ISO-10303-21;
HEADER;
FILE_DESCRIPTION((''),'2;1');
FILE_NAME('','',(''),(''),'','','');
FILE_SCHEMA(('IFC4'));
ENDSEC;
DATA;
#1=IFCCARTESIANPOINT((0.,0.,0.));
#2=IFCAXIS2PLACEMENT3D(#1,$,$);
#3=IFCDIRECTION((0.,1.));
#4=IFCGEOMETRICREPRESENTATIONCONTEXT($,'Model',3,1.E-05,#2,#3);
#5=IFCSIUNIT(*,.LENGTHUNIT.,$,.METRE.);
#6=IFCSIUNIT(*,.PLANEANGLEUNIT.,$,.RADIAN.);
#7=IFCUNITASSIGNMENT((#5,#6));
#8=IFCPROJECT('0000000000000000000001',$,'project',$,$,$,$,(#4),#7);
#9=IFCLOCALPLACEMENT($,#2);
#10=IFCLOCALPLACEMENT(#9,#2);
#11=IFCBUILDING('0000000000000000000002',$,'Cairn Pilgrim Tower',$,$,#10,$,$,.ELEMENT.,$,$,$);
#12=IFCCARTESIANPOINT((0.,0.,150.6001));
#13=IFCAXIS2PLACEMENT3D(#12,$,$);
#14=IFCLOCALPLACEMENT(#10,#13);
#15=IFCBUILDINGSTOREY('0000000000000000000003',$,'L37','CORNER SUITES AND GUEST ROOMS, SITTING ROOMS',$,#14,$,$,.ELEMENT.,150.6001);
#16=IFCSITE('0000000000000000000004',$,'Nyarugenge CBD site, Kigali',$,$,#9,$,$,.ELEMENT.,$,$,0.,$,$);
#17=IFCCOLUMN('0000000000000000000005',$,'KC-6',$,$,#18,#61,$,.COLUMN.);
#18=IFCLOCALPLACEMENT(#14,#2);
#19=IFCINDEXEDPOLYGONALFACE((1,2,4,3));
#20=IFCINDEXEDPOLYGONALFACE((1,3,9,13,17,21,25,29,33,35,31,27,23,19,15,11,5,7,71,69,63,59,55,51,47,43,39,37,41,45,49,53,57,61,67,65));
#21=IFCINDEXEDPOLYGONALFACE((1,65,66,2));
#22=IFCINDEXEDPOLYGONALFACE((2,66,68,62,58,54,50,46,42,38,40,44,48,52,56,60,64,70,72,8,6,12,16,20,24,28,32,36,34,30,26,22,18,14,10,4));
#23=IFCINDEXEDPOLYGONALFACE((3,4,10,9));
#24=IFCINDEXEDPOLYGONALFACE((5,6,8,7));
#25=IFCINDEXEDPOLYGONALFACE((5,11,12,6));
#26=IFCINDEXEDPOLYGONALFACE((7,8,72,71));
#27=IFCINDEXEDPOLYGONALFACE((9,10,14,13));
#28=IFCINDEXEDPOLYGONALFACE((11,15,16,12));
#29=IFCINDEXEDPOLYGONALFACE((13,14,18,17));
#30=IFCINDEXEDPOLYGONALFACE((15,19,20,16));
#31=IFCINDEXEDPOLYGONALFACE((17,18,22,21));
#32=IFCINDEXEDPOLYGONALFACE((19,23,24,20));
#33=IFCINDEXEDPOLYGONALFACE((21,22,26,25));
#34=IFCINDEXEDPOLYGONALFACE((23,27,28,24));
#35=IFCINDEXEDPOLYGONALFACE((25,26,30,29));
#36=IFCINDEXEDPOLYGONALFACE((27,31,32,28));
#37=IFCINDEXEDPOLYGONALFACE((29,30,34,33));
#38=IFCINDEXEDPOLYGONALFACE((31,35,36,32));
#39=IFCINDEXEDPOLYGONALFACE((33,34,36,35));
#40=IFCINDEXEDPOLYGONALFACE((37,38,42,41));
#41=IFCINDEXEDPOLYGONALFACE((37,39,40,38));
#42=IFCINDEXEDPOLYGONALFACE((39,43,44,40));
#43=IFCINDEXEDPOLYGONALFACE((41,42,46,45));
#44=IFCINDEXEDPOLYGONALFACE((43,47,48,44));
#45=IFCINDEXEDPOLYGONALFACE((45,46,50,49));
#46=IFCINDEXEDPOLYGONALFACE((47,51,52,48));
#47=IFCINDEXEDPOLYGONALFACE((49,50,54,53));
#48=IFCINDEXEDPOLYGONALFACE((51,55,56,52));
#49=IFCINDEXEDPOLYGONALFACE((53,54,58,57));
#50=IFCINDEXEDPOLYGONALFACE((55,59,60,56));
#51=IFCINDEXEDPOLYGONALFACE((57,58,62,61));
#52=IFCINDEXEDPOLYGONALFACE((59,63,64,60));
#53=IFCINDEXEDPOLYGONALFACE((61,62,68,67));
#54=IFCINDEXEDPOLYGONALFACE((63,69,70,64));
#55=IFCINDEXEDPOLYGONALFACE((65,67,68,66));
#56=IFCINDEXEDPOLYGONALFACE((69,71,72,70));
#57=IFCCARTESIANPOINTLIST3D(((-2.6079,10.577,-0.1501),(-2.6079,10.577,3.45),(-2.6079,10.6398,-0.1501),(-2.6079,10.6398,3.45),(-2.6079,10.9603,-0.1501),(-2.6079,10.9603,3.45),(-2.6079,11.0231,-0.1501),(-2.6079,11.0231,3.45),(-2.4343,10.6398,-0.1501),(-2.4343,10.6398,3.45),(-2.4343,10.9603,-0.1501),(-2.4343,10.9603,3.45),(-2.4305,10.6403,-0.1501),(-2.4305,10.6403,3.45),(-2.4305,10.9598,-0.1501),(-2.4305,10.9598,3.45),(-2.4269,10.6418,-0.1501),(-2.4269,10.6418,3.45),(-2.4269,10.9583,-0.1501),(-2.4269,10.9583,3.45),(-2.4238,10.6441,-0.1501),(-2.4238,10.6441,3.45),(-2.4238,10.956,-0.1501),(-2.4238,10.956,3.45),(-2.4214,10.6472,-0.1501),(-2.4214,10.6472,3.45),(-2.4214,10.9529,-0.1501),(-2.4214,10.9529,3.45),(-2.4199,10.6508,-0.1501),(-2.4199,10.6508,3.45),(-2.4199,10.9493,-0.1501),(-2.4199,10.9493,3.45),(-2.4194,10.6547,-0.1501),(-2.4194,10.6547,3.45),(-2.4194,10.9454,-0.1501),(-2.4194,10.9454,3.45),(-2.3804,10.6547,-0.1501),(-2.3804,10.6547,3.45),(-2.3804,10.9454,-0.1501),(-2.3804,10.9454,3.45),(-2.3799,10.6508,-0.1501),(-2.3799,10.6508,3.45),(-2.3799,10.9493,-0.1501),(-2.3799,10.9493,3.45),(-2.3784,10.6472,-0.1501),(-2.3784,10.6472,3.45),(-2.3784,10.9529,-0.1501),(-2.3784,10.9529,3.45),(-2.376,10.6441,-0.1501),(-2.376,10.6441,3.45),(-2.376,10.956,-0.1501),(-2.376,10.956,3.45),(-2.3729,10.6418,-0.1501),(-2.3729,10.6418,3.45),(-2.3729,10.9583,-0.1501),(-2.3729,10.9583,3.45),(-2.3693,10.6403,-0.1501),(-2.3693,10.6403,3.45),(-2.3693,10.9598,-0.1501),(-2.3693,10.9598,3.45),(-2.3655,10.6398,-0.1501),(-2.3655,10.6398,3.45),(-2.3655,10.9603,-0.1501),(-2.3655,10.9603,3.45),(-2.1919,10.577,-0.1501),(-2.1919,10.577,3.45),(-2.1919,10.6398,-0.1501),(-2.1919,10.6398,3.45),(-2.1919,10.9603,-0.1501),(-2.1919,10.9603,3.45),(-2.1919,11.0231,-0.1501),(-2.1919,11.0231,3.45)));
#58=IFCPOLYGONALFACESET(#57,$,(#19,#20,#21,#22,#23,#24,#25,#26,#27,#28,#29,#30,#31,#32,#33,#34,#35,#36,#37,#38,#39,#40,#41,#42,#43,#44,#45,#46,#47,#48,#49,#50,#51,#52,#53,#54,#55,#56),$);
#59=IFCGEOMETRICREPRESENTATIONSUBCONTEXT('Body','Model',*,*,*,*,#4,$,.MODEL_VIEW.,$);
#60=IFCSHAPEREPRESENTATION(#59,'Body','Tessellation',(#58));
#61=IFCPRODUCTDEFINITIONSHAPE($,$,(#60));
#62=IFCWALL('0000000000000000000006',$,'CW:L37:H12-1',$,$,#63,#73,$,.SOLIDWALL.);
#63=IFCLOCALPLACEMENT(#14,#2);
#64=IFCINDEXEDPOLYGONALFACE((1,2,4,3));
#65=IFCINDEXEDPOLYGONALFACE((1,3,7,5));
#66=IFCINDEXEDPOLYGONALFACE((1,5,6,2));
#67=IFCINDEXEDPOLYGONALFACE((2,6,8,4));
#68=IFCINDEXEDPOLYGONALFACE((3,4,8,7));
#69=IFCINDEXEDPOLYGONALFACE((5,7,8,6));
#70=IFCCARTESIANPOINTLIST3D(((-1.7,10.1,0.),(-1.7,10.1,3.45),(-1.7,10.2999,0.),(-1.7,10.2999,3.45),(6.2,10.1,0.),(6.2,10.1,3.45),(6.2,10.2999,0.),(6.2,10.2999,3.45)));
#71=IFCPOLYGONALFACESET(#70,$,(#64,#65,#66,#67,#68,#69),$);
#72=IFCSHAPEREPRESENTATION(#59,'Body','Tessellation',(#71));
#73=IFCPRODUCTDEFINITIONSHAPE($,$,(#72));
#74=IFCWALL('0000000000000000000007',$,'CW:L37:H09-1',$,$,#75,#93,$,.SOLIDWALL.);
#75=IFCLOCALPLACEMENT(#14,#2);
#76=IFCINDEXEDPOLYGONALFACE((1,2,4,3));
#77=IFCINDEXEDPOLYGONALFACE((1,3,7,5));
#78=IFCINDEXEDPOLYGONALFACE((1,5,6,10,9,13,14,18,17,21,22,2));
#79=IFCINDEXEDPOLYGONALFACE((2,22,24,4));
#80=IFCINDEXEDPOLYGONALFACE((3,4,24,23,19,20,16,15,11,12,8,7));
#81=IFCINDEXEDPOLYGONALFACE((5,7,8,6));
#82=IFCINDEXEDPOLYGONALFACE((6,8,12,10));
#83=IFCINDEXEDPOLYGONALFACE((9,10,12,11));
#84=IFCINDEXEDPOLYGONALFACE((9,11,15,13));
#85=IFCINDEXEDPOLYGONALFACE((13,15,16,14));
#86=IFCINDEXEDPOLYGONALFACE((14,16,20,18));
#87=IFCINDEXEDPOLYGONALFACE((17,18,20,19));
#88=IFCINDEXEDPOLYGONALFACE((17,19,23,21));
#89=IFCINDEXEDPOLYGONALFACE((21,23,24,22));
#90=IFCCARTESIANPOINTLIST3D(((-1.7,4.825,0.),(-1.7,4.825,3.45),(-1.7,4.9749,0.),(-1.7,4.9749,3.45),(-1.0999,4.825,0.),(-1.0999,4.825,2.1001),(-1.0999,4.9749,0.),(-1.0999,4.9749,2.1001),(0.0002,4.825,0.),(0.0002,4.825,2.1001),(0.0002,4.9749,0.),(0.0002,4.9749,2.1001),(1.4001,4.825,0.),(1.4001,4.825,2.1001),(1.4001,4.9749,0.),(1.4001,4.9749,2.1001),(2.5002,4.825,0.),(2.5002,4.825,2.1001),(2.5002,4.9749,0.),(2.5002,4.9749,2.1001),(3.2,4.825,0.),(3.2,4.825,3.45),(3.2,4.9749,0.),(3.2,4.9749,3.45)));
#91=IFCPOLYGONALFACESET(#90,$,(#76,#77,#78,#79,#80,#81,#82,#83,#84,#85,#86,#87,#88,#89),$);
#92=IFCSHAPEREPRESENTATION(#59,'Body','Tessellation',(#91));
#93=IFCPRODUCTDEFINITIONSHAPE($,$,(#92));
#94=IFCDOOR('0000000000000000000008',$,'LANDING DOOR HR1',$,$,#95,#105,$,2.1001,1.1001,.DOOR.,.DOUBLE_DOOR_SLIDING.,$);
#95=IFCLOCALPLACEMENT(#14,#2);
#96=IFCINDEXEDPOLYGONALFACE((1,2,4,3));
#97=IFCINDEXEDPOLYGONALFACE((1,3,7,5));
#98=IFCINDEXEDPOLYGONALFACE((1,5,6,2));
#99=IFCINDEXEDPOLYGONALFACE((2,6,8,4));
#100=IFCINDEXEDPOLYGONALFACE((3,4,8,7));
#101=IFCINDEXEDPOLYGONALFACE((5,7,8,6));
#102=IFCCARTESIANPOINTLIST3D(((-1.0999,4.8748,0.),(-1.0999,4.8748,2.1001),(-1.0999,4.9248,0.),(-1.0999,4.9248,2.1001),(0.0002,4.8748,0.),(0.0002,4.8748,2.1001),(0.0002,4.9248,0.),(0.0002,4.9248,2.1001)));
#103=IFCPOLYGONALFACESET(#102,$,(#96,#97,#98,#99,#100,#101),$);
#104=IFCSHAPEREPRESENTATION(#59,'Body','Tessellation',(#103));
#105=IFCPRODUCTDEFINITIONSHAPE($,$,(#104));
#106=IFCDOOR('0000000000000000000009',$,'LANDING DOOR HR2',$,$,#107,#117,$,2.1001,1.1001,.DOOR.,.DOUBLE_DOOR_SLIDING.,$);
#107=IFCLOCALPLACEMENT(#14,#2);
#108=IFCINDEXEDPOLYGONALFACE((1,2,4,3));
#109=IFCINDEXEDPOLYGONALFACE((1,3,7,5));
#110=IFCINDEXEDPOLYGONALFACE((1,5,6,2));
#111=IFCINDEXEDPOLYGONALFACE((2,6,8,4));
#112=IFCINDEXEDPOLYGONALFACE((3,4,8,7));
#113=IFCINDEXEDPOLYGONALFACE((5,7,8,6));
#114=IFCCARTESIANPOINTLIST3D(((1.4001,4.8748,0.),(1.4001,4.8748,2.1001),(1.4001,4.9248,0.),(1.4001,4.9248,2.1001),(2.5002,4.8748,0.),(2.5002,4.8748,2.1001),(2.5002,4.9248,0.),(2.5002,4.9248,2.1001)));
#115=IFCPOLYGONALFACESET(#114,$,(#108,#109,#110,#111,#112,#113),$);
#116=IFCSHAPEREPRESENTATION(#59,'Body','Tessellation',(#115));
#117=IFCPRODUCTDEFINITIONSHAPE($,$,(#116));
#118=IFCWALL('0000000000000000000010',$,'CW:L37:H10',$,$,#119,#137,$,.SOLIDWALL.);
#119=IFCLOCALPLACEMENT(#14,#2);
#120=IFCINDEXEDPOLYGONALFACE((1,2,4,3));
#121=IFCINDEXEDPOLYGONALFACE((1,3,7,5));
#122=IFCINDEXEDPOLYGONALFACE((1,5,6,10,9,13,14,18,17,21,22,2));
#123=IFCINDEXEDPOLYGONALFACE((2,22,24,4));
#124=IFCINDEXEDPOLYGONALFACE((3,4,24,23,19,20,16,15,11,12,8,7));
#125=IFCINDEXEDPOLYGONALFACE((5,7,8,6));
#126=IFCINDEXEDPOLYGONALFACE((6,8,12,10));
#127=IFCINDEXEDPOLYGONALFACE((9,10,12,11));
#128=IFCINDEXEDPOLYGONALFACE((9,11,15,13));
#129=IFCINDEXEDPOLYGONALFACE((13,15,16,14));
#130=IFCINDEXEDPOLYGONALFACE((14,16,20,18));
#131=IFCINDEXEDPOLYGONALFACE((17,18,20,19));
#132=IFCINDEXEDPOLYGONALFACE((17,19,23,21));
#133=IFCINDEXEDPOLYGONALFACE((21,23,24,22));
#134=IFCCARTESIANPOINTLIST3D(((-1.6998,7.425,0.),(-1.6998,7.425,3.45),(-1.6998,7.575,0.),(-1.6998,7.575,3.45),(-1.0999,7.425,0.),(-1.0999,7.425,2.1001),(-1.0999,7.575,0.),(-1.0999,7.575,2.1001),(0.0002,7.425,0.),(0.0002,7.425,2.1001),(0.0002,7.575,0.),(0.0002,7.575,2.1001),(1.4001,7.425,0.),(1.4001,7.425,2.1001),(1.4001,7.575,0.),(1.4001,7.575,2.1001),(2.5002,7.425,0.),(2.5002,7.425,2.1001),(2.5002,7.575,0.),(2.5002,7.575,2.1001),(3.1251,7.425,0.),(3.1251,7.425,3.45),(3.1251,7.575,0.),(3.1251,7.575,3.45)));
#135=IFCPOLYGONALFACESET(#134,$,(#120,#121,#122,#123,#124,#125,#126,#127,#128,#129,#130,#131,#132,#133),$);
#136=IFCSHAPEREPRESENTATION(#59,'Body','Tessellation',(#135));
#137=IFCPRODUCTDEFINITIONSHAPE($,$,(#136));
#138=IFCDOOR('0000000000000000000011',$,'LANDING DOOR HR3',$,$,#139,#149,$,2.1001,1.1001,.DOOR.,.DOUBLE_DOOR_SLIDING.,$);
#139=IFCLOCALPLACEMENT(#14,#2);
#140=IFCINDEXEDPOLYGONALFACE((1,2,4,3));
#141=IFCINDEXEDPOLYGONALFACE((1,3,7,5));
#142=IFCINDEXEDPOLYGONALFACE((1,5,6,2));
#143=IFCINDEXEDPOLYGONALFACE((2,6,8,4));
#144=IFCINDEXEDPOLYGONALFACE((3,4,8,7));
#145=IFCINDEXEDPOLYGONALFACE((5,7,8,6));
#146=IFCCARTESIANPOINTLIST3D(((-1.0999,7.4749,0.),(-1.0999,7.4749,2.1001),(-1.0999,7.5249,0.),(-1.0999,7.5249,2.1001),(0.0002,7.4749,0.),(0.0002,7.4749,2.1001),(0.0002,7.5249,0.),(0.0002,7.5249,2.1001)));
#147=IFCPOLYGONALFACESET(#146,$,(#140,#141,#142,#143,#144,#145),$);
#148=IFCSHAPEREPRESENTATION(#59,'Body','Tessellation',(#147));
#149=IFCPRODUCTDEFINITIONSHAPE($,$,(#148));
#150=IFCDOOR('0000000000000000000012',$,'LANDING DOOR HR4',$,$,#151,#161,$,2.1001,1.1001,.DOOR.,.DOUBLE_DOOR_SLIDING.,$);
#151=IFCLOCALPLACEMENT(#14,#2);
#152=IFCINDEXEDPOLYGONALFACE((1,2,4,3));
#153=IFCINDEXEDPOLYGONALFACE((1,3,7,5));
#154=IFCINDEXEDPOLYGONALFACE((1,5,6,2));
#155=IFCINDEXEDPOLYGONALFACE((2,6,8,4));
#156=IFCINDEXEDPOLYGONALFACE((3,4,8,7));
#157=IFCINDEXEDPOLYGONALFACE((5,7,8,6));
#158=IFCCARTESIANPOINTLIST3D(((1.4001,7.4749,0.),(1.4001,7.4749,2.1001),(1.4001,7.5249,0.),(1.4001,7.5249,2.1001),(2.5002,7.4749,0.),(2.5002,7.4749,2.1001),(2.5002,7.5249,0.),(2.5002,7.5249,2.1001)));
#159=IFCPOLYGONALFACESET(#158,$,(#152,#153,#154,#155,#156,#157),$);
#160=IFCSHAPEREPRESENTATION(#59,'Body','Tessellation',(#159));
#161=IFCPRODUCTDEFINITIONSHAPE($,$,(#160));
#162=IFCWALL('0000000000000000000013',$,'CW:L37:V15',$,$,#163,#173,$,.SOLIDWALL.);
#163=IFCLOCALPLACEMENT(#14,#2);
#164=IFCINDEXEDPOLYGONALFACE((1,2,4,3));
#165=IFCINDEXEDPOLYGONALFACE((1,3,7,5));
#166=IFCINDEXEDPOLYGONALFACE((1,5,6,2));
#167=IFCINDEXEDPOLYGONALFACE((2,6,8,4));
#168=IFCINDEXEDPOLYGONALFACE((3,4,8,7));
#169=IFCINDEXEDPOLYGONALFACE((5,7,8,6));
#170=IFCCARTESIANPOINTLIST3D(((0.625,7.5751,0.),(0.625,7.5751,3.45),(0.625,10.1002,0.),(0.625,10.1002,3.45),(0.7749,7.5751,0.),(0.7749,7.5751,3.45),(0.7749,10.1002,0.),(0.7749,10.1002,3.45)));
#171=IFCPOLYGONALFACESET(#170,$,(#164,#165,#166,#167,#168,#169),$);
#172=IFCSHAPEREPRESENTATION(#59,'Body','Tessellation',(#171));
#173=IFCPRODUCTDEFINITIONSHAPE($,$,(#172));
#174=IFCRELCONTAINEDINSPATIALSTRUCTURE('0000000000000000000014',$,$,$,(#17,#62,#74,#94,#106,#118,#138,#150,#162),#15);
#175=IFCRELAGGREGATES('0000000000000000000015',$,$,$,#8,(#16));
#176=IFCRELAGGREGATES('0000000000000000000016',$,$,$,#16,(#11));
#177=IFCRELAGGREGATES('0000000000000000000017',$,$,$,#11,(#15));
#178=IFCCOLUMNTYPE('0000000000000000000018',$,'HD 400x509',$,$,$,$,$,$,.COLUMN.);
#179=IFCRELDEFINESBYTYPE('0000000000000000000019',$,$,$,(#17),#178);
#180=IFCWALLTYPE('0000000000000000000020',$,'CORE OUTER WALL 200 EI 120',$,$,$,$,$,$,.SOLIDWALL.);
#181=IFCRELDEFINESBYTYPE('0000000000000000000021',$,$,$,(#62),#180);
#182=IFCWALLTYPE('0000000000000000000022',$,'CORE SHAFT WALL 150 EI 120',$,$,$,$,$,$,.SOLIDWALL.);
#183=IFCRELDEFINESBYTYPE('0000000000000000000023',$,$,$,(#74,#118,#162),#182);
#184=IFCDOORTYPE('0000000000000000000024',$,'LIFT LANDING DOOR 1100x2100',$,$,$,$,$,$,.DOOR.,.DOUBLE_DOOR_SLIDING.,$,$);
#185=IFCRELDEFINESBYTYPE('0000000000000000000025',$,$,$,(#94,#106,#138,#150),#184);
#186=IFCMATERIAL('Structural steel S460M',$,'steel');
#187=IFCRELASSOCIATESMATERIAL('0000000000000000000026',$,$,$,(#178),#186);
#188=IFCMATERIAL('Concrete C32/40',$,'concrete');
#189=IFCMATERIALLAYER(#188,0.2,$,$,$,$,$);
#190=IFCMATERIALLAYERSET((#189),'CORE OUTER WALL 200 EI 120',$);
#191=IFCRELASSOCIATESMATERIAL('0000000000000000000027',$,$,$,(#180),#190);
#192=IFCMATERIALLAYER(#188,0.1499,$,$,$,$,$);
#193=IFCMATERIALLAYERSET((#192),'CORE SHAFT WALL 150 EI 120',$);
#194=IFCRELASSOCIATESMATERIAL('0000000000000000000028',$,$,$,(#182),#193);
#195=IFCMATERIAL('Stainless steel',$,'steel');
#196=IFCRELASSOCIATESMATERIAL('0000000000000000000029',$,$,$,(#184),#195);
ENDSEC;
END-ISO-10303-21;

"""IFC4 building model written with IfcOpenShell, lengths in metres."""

from ifc_helpers import new_model, si_unit, direction, frame, frame_2d, origin, origin_2d, place, context, subcontext, project, spatial, rectangle, i_section, extrude, material, layer, layer_set, material_profile, profile_set, type_object, element, fill, save


model = new_model("IFC4")

# Units and contexts
model_context = context("Model", 3, precision=1e-05, world=origin(), true_north=direction((0.0, 1.0)))
body_context = subcontext(model_context, "Body", "Model", "MODEL_VIEW")
ifc_project = project(units=[si_unit("LENGTHUNIT", "METRE"), si_unit("PLANEANGLEUNIT", "RADIAN")], contexts=[model_context])

# Site, building, storey
site_placement = place(None, origin())
site = spatial("IfcSite", under=ifc_project, at=site_placement, Name="Nyarugenge CBD site, Kigali", CompositionType="ELEMENT", RefElevation=0.0)
building_placement = place(site_placement, origin())
building = spatial("IfcBuilding", under=site, at=building_placement, Name="Cairn Pilgrim Tower", CompositionType="ELEMENT")
storey_placement = place(building_placement, frame((0.0, 0.0, 150.6001)))
storey = spatial("IfcBuildingStorey", under=building, at=storey_placement, Name="L37", Description="CORNER SUITES AND GUEST ROOMS, SITTING ROOMS", CompositionType="ELEMENT", Elevation=150.6001)

# Column
ifc_material_1 = material(Name="Structural steel S460M", Category="steel")
ifc_material_profile = material_profile(ifc_material_1, i_section(OverallWidth=0.416, OverallDepth=0.446, WebThickness=0.0391, FlangeThickness=0.0627, FilletRadius=0.0149, at=origin_2d()), Name="HD 400x509")
ifc_profile_set = profile_set([ifc_material_profile], Name="Structural steel S460M")
column_type = type_object("IfcColumnType", Name="HD 400x509", PredefinedType="COLUMN", material=ifc_profile_set)
column_placement = place(storey_placement, frame((-2.3999, 10.8, -0.1501), z_axis=(0.0, 0.0, 1.0), x_axis=(1.0, 0.0, 0.0)))
element("IfcColumn", 1, at=column_placement, inside=storey, type_object=column_type, Name="KC-6", PredefinedType="COLUMN", context=body_context, shape_type="SweptSolid", body=[
    extrude(i_section(OverallWidth=0.416, OverallDepth=0.446, WebThickness=0.0391, FlangeThickness=0.0627, FilletRadius=0.0149, at=origin_2d()), origin(), (0.0, 0.0, 1.0), 3.6001),
])

# Wall
ifc_material_2 = material(Name="Concrete C32/40", Category="concrete")
ifc_layer_1 = layer(ifc_material_2, 0.2)
ifc_layer_set_1 = layer_set([ifc_layer_1], Name="CORE OUTER WALL 200 EI 120")
wall_type_1 = type_object("IfcWallType", Name="CORE OUTER WALL 200 EI 120", PredefinedType="SOLIDWALL", material=ifc_layer_set_1)
wall_1_placement = place(storey_placement, frame((-1.7, 10.2, 0.0), z_axis=(0.0, 0.0, 1.0), x_axis=(1.0, 0.0, 0.0)))
element("IfcWall", 2, at=wall_1_placement, inside=storey, type_object=wall_type_1, Name="CW:L37:H12-1", PredefinedType="SOLIDWALL", context=body_context, shape_type="SweptSolid", body=[
    extrude(rectangle(XDim=7.8999, YDim=0.2, at=frame_2d((3.95, 0.0))), origin(), (0.0, 0.0, 1.0), 3.45),
])

# Walls, openings, doors
ifc_layer_2 = layer(ifc_material_2, 0.1499)
ifc_layer_set_2 = layer_set([ifc_layer_2], Name="CORE SHAFT WALL 150 EI 120")
wall_type_2 = type_object("IfcWallType", Name="CORE SHAFT WALL 150 EI 120", PredefinedType="SOLIDWALL", material=ifc_layer_set_2)
wall_2_placement = place(storey_placement, frame((-1.7, 4.8999, 0.0), z_axis=(0.0, 0.0, 1.0), x_axis=(1.0, 0.0, 0.0)))
wall_2 = element("IfcWall", 3, at=wall_2_placement, inside=storey, type_object=wall_type_2, Name="CW:L37:H09-1", PredefinedType="SOLIDWALL", context=body_context, shape_type="SweptSolid", body=[
    extrude(rectangle(XDim=4.8999, YDim=0.1499, at=frame_2d((2.45, 0.0))), origin(), (0.0, 0.0, 1.0), 3.45),
])
opening_1_placement = place(wall_2_placement, frame((0.6001, 0.0, 0.0)))
opening_1 = element("IfcOpeningElement", 4, at=opening_1_placement, cuts=wall_2, PredefinedType="OPENING", context=body_context, shape_type="SweptSolid", body=[
    extrude(rectangle(XDim=1.1001, YDim=2.1001, at=frame_2d((0.55, 1.05))), frame((0.0, 0.085, 0.0), z_axis=(0.0, -1.0, 0.0), x_axis=(1.0, 0.0, 0.0)), (0.0, 0.0, 1.0), 0.1699),
])
opening_2_placement = place(wall_2_placement, frame((3.1001, 0.0, 0.0)))
opening_2 = element("IfcOpeningElement", 5, at=opening_2_placement, cuts=wall_2, PredefinedType="OPENING", context=body_context, shape_type="SweptSolid", body=[
    extrude(rectangle(XDim=1.1001, YDim=2.1001, at=frame_2d((0.55, 1.05))), frame((0.0, 0.085, 0.0), z_axis=(0.0, -1.0, 0.0), x_axis=(1.0, 0.0, 0.0)), (0.0, 0.0, 1.0), 0.1699),
])
ifc_material_3 = material(Name="Stainless steel", Category="steel")
door_type_1 = type_object("IfcDoorType", Name="LIFT LANDING DOOR 1100x2100", OperationType="DOUBLE_DOOR_SLIDING", PredefinedType="DOOR", material=ifc_material_3)
door_1_placement = place(opening_1_placement, origin())
door_1 = element("IfcDoor", 6, at=door_1_placement, inside=storey, type_object=door_type_1, Name="LANDING DOOR HR1", OperationType="DOUBLE_DOOR_SLIDING", OverallHeight=2.1001, OverallWidth=1.1001, PredefinedType="DOOR", context=body_context, shape_type="SweptSolid", body=[
    extrude(rectangle(XDim=1.1001, YDim=2.1001, at=frame_2d((0.55, 1.05))), frame((0.0, 0.0249, 0.0), z_axis=(0.0, -1.0, 0.0), x_axis=(1.0, 0.0, 0.0)), (0.0, 0.0, 1.0), 0.05),
])
fill(opening_1, door_1)
door_2_placement = place(opening_2_placement, origin())
door_2 = element("IfcDoor", 7, at=door_2_placement, inside=storey, type_object=door_type_1, Name="LANDING DOOR HR2", OperationType="DOUBLE_DOOR_SLIDING", OverallHeight=2.1001, OverallWidth=1.1001, PredefinedType="DOOR", context=body_context, shape_type="SweptSolid", body=[
    extrude(rectangle(XDim=1.1001, YDim=2.1001, at=frame_2d((0.55, 1.05))), frame((0.0, 0.0249, 0.0), z_axis=(0.0, -1.0, 0.0), x_axis=(1.0, 0.0, 0.0)), (0.0, 0.0, 1.0), 0.05),
])
fill(opening_2, door_2)
wall_3_placement = place(storey_placement, frame((-1.7, 7.5, 0.0), z_axis=(0.0, 0.0, 1.0), x_axis=(1.0, 0.0, 0.0)))
wall_3 = element("IfcWall", 8, at=wall_3_placement, inside=storey, type_object=wall_type_2, Name="CW:L37:H10", PredefinedType="SOLIDWALL", context=body_context, shape_type="SweptSolid", body=[
    extrude(rectangle(XDim=4.825, YDim=0.1499, at=frame_2d((2.4126, 0.0))), origin(), (0.0, 0.0, 1.0), 3.45),
])
opening_3_placement = place(wall_3_placement, frame((0.6001, 0.0, 0.0)))
opening_3 = element("IfcOpeningElement", 9, at=opening_3_placement, cuts=wall_3, PredefinedType="OPENING", context=body_context, shape_type="SweptSolid", body=[
    extrude(rectangle(XDim=1.1001, YDim=2.1001, at=frame_2d((0.55, 1.05))), frame((0.0, 0.085, 0.0), z_axis=(0.0, -1.0, 0.0), x_axis=(1.0, 0.0, 0.0)), (0.0, 0.0, 1.0), 0.1699),
])
opening_4_placement = place(wall_3_placement, frame((3.1001, 0.0, 0.0)))
opening_4 = element("IfcOpeningElement", 10, at=opening_4_placement, cuts=wall_3, PredefinedType="OPENING", context=body_context, shape_type="SweptSolid", body=[
    extrude(rectangle(XDim=1.1001, YDim=2.1001, at=frame_2d((0.55, 1.05))), frame((0.0, 0.085, 0.0), z_axis=(0.0, -1.0, 0.0), x_axis=(1.0, 0.0, 0.0)), (0.0, 0.0, 1.0), 0.1699),
])
door_3_placement = place(opening_3_placement, origin())
door_3 = element("IfcDoor", 11, at=door_3_placement, inside=storey, type_object=door_type_1, Name="LANDING DOOR HR3", OperationType="DOUBLE_DOOR_SLIDING", OverallHeight=2.1001, OverallWidth=1.1001, PredefinedType="DOOR", context=body_context, shape_type="SweptSolid", body=[
    extrude(rectangle(XDim=1.1001, YDim=2.1001, at=frame_2d((0.55, 1.05))), frame((0.0, 0.0249, 0.0), z_axis=(0.0, -1.0, 0.0), x_axis=(1.0, 0.0, 0.0)), (0.0, 0.0, 1.0), 0.05),
])
fill(opening_3, door_3)
door_4_placement = place(opening_4_placement, origin())
door_4 = element("IfcDoor", 12, at=door_4_placement, inside=storey, type_object=door_type_1, Name="LANDING DOOR HR4", OperationType="DOUBLE_DOOR_SLIDING", OverallHeight=2.1001, OverallWidth=1.1001, PredefinedType="DOOR", context=body_context, shape_type="SweptSolid", body=[
    extrude(rectangle(XDim=1.1001, YDim=2.1001, at=frame_2d((0.55, 1.05))), frame((0.0, 0.0249, 0.0), z_axis=(0.0, -1.0, 0.0), x_axis=(1.0, 0.0, 0.0)), (0.0, 0.0, 1.0), 0.05),
])
fill(opening_4, door_4)

# Wall
wall_4_placement = place(storey_placement, frame((0.7, 7.575, 0.0), z_axis=(0.0, 0.0, 1.0), x_axis=(0.0, 1.0, 0.0)))
element("IfcWall", 13, at=wall_4_placement, inside=storey, type_object=wall_type_2, Name="CW:L37:V15", PredefinedType="SOLIDWALL", context=body_context, shape_type="SweptSolid", body=[
    extrude(rectangle(XDim=2.5251, YDim=0.1499, at=frame_2d((1.2627, 0.0))), origin(), (0.0, 0.0, 1.0), 3.45),
])

save(model, "model.ifc")
